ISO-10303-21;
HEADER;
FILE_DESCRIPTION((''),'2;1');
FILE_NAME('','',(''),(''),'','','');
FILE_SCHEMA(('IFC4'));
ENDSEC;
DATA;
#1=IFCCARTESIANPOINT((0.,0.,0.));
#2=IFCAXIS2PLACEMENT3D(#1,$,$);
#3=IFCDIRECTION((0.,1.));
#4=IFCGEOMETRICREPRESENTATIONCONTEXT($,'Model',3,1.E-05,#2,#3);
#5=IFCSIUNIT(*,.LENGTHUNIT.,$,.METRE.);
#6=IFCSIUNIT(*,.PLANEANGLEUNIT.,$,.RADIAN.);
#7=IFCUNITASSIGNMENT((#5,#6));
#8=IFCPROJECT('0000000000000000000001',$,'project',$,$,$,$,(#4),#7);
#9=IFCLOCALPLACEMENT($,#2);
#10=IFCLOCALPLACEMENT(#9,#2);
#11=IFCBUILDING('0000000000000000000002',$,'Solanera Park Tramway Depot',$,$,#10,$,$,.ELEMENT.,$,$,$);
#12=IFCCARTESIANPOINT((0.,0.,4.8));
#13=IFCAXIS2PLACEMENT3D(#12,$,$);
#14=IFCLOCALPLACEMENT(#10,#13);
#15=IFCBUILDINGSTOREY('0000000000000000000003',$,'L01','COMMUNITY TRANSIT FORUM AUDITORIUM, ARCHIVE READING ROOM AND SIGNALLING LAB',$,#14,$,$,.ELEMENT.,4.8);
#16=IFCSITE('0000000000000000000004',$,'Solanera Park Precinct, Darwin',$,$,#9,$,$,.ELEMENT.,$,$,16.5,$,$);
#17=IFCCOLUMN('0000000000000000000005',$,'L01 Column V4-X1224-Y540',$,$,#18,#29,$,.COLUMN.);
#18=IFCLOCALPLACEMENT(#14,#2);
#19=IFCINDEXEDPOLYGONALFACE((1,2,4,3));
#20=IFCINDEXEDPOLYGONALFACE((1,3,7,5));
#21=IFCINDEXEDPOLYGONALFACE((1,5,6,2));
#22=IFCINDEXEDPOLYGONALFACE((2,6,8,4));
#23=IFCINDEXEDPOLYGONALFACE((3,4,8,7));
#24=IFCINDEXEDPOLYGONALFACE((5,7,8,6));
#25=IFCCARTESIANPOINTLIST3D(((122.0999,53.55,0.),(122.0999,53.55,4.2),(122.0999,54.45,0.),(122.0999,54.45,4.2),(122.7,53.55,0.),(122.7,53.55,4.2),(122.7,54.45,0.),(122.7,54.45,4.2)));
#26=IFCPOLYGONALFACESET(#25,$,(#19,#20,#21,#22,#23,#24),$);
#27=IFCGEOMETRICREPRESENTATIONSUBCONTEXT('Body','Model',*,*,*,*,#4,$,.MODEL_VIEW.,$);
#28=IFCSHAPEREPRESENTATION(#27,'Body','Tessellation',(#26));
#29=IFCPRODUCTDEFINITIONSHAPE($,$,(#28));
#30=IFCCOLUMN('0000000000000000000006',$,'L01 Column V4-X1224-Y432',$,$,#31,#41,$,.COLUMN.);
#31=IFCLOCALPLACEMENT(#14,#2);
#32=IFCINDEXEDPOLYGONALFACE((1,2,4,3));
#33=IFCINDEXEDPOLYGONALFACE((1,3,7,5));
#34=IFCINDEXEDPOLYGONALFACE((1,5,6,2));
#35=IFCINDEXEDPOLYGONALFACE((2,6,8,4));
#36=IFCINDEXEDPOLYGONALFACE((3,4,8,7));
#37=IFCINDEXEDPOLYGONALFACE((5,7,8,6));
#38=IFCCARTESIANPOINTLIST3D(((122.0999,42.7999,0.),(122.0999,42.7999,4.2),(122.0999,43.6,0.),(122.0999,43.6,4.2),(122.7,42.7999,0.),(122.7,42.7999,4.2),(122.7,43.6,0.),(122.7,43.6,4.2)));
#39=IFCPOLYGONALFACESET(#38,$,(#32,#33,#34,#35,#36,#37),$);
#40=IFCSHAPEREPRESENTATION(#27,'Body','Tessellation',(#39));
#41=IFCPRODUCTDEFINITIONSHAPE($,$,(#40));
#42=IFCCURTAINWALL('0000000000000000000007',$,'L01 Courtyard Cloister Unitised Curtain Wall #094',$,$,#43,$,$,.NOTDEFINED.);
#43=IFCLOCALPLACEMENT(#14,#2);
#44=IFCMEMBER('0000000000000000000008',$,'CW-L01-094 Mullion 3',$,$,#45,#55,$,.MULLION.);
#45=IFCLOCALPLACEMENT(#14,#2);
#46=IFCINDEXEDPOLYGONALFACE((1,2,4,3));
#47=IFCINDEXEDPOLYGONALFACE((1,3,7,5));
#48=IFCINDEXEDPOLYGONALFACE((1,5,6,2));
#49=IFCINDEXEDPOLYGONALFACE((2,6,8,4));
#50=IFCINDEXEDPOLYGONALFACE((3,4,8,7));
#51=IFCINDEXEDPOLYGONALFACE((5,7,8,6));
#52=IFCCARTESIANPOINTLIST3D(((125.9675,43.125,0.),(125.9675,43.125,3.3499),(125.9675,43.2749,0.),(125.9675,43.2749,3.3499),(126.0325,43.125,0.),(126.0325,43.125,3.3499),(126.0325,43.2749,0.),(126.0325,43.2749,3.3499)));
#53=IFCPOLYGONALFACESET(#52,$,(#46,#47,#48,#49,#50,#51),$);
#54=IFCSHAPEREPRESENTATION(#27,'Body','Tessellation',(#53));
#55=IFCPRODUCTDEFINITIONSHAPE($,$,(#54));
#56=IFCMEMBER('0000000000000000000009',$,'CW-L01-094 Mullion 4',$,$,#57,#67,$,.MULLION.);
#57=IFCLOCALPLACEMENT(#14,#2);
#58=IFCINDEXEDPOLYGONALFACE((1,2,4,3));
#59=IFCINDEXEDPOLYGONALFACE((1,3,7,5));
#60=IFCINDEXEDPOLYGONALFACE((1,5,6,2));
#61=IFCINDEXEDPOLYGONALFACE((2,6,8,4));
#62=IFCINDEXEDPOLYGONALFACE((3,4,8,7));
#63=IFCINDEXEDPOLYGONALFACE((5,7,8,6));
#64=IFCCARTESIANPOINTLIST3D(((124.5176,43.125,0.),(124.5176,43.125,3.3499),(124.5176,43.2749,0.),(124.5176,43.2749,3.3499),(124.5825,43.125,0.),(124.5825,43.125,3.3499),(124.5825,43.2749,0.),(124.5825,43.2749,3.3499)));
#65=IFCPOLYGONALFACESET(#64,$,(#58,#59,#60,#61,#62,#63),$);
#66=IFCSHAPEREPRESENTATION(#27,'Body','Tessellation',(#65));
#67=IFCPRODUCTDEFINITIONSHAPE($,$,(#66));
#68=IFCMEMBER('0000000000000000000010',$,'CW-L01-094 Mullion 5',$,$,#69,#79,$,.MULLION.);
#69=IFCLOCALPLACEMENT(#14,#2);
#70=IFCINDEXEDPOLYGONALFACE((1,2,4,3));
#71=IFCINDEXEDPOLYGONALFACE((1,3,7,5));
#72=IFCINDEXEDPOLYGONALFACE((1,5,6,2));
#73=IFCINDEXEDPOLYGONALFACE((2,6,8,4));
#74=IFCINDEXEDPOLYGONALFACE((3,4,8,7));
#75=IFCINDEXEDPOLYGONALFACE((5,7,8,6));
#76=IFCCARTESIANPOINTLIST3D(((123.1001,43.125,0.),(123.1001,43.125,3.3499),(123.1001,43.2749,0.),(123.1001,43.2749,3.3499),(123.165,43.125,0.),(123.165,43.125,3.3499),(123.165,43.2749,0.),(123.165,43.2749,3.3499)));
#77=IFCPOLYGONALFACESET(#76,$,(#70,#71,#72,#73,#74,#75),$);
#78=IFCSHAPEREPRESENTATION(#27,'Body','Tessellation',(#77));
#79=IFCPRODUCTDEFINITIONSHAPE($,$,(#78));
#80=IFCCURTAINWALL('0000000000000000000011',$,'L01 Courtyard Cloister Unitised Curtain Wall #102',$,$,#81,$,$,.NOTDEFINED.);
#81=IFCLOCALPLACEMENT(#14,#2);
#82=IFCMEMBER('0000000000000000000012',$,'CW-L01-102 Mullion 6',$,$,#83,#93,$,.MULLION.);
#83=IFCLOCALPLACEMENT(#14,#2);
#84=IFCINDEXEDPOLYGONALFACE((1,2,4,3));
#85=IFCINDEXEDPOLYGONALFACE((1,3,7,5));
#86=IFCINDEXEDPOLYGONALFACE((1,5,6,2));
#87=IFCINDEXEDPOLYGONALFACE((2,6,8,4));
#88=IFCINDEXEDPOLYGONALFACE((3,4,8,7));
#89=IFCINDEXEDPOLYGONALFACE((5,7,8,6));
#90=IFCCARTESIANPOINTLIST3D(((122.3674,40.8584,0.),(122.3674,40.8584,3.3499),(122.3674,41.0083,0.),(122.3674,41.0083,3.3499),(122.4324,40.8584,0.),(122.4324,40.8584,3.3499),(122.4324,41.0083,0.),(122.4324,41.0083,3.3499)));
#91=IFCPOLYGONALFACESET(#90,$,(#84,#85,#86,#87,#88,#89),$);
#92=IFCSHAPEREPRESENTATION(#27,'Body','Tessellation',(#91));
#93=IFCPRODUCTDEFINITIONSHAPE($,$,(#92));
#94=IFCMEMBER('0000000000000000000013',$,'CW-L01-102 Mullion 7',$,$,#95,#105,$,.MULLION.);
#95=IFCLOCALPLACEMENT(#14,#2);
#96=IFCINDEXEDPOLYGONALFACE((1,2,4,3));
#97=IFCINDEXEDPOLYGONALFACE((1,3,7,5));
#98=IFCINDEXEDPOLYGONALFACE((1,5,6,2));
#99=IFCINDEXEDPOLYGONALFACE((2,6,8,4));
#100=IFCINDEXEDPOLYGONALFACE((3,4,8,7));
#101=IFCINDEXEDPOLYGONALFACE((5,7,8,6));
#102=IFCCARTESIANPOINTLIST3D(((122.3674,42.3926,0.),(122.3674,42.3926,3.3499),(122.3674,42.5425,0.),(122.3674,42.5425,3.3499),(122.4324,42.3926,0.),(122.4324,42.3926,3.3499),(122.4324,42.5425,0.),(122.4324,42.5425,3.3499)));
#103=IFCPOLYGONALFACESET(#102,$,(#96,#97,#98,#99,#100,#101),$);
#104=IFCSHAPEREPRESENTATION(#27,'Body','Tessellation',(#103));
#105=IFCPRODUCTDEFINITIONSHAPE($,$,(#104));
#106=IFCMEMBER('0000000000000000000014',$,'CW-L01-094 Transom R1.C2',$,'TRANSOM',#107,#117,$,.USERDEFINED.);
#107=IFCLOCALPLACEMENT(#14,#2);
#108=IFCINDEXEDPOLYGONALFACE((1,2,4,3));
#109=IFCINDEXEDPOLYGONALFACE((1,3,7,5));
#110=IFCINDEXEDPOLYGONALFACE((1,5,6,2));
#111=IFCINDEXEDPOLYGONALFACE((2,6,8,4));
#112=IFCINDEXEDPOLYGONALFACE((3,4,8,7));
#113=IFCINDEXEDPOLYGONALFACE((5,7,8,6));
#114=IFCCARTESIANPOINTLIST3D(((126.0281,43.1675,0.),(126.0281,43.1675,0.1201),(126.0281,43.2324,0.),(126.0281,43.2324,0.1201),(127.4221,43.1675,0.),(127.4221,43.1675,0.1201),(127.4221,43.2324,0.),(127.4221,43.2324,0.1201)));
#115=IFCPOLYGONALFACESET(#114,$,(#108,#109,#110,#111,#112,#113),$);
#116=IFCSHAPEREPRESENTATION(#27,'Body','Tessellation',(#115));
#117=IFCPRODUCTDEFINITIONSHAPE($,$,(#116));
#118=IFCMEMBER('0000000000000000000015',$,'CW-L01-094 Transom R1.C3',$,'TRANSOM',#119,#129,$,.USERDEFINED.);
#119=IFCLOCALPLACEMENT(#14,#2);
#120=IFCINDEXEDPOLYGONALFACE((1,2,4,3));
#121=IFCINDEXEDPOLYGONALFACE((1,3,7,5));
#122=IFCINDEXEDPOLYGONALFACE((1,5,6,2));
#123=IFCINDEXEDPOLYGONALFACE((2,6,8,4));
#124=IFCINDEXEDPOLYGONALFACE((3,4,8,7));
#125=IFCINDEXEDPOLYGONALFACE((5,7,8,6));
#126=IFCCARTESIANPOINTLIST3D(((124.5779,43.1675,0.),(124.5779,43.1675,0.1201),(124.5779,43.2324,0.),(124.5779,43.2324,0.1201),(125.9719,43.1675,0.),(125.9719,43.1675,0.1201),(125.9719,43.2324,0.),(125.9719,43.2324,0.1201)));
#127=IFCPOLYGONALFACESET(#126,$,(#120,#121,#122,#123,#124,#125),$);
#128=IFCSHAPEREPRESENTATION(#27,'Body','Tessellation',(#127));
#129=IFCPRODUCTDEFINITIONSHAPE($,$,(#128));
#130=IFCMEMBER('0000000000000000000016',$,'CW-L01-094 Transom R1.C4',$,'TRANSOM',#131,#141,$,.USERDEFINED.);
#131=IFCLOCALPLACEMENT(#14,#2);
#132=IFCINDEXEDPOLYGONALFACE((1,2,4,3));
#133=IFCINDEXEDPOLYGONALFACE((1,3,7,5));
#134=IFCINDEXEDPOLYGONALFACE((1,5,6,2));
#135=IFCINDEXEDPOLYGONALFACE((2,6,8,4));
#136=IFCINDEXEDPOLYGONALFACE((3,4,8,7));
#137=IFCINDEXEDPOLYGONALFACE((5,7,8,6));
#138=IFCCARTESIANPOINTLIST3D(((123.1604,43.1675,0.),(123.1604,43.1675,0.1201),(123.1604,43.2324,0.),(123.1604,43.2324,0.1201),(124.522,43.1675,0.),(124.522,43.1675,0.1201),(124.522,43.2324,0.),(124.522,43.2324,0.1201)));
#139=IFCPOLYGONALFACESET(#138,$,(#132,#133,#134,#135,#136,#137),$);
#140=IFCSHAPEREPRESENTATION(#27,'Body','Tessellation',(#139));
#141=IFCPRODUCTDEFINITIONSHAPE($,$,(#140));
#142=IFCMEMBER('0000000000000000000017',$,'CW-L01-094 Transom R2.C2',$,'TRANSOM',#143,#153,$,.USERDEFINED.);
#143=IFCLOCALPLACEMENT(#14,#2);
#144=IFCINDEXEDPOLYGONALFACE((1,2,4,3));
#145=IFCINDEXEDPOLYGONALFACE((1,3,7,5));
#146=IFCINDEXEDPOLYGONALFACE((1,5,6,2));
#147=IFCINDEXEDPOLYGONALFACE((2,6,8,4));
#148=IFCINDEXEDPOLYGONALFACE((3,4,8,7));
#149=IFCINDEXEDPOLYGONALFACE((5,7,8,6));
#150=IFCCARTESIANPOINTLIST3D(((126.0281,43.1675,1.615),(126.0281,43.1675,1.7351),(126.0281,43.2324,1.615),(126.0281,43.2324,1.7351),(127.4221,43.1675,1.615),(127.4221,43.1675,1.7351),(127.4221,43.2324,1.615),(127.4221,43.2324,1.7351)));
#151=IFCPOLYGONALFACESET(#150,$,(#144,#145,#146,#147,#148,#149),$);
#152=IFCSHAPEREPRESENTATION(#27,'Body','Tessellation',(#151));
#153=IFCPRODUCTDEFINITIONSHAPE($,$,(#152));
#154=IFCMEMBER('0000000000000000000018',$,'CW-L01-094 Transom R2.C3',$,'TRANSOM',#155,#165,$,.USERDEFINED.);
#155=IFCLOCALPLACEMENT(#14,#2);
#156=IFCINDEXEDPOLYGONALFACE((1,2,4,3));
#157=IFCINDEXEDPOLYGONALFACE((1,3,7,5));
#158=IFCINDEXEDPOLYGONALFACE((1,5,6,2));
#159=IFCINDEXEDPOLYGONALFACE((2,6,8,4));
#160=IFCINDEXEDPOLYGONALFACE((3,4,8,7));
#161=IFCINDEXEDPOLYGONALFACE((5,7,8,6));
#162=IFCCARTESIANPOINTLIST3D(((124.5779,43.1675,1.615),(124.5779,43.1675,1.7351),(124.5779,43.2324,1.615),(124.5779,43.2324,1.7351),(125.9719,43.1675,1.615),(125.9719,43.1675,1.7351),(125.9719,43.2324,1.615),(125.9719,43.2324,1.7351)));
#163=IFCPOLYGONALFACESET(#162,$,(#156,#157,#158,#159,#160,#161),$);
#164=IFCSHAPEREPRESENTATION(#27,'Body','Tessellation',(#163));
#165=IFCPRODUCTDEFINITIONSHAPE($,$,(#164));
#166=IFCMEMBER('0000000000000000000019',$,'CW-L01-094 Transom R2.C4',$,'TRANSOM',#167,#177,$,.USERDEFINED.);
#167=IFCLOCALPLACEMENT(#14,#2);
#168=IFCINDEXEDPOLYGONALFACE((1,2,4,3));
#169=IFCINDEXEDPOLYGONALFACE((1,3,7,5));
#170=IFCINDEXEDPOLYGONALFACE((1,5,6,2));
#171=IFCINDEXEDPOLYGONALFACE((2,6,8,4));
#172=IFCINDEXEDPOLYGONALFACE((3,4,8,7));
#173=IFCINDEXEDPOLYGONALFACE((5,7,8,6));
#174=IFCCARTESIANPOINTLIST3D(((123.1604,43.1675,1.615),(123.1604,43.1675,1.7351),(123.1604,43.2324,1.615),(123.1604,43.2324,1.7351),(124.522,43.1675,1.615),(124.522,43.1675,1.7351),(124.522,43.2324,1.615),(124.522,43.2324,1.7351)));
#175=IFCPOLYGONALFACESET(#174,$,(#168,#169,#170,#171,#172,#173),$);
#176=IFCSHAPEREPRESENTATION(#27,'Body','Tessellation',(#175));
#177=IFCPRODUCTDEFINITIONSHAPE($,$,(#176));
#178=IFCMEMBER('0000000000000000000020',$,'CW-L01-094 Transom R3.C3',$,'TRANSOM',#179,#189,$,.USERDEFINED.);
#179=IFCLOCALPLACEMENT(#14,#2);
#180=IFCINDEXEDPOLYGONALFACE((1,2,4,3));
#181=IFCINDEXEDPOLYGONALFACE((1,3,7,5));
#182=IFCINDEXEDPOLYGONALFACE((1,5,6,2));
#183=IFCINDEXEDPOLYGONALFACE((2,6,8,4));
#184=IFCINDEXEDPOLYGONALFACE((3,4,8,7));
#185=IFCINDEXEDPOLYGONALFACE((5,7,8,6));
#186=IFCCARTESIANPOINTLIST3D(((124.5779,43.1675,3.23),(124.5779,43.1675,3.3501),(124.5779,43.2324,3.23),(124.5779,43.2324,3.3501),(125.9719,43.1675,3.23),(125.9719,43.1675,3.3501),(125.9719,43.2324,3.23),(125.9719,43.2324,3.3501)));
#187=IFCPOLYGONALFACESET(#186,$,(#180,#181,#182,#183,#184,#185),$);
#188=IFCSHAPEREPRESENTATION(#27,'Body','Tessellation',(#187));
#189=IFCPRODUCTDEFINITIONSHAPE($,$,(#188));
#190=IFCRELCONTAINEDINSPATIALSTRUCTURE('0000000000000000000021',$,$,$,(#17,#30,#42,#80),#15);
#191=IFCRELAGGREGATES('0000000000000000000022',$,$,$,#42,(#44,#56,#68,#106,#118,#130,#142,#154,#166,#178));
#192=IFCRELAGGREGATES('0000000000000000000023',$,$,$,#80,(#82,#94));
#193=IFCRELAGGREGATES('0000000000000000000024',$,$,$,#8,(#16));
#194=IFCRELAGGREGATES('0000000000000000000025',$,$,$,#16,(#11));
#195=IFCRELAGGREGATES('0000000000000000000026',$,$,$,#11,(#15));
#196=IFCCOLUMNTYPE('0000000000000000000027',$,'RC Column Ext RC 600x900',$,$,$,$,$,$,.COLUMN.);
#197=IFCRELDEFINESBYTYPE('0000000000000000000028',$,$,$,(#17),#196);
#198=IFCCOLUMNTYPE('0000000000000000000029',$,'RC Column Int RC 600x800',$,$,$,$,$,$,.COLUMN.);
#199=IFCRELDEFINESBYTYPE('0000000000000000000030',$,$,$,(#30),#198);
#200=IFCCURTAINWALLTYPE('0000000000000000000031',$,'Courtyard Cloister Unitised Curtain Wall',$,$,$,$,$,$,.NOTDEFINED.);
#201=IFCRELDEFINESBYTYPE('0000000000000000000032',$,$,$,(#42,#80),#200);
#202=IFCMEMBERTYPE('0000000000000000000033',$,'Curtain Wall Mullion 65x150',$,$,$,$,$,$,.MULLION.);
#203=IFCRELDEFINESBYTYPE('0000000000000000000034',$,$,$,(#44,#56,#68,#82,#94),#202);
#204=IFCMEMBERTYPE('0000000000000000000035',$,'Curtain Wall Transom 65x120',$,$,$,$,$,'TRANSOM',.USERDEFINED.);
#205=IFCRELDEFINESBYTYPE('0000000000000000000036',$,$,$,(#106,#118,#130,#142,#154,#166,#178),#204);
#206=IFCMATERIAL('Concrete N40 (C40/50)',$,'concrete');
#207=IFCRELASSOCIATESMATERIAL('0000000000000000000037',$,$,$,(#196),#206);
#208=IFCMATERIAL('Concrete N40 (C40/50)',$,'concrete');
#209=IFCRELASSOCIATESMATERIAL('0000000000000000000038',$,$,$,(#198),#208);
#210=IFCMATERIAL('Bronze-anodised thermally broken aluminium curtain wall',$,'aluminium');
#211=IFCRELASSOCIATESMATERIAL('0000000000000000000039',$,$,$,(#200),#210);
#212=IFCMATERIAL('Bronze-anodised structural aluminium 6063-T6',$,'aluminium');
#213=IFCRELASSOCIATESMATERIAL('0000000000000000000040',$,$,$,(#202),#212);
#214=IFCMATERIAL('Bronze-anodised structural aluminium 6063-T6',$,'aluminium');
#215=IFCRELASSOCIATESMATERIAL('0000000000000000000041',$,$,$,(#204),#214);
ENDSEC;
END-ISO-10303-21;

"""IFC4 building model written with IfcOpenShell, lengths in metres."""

from ifc_helpers import new_model, si_unit, direction, frame, origin, origin_2d, place, context, subcontext, project, spatial, rectangle, extrude, material, material_profile, profile_set, type_object, element, aggregate, save


model = new_model("IFC4")

# Units and contexts
model_context = context("Model", 3, precision=1e-05, world=origin(), true_north=direction((0.0, 1.0)))
body_context = subcontext(model_context, "Body", "Model", "MODEL_VIEW")
ifc_project = project(units=[si_unit("LENGTHUNIT", "METRE"), si_unit("PLANEANGLEUNIT", "RADIAN")], contexts=[model_context])

# Site, building, storey
site_placement = place(None, origin())
site = spatial("IfcSite", under=ifc_project, at=site_placement, Name="Solanera Park Precinct, Darwin", CompositionType="ELEMENT", RefElevation=16.5)
building_placement = place(site_placement, origin())
building = spatial("IfcBuilding", under=site, at=building_placement, Name="Solanera Park Tramway Depot", CompositionType="ELEMENT")
storey_placement = place(building_placement, frame((0.0, 0.0, 4.8)))
storey = spatial("IfcBuildingStorey", under=building, at=storey_placement, Name="L01", Description="COMMUNITY TRANSIT FORUM AUDITORIUM, ARCHIVE READING ROOM AND SIGNALLING LAB", CompositionType="ELEMENT", Elevation=4.8)

# Columns
ifc_material_1 = material(Name="Concrete N40 (C40/50)", Category="concrete")
ifc_material_profile_1 = material_profile(ifc_material_1, rectangle(XDim=0.6001, YDim=0.8999, at=origin_2d()), Name="RC 600x900")
ifc_profile_set_1 = profile_set([ifc_material_profile_1], Name="Concrete N40 (C40/50)")
column_type_1 = type_object("IfcColumnType", Name="RC Column Ext RC 600x900", PredefinedType="COLUMN", material=ifc_profile_set_1)
column_1_placement = place(storey_placement, frame((122.3999, 54.0, 0.0), z_axis=(0.0, 0.0, 1.0), x_axis=(1.0, 0.0, 0.0)))
element("IfcColumn", 1, at=column_1_placement, inside=storey, type_object=column_type_1, Name="L01 Column V4-X1224-Y540", PredefinedType="COLUMN", context=body_context, shape_type="SweptSolid", body=[
    extrude(rectangle(XDim=0.6001, YDim=0.8999, at=origin_2d()), origin(), (0.0, 0.0, 1.0), 4.2),
])
ifc_material_2 = material(Name="Concrete N40 (C40/50)", Category="concrete")
ifc_material_profile_2 = material_profile(ifc_material_2, rectangle(XDim=0.6001, YDim=0.8, at=origin_2d()), Name="RC 600x800")
ifc_profile_set_2 = profile_set([ifc_material_profile_2], Name="Concrete N40 (C40/50)")
column_type_2 = type_object("IfcColumnType", Name="RC Column Int RC 600x800", PredefinedType="COLUMN", material=ifc_profile_set_2)
column_2_placement = place(storey_placement, frame((122.3999, 43.2, 0.0), z_axis=(0.0, 0.0, 1.0), x_axis=(1.0, 0.0, 0.0)))
element("IfcColumn", 2, at=column_2_placement, inside=storey, type_object=column_type_2, Name="L01 Column V4-X1224-Y432", PredefinedType="COLUMN", context=body_context, shape_type="SweptSolid", body=[
    extrude(rectangle(XDim=0.6001, YDim=0.8, at=origin_2d()), origin(), (0.0, 0.0, 1.0), 4.2),
])

# Curtain walls, members
ifc_material_3 = material(Name="Bronze-anodised thermally broken aluminium curtain wall", Category="aluminium")
curtain_wall_type = type_object("IfcCurtainWallType", Name="Courtyard Cloister Unitised Curtain Wall", PredefinedType="NOTDEFINED", material=ifc_material_3)
curtain_wall_1_placement = place(storey_placement, origin())
curtain_wall_1 = element("IfcCurtainWall", 3, at=curtain_wall_1_placement, inside=storey, type_object=curtain_wall_type, Name="L01 Courtyard Cloister Unitised Curtain Wall #094", PredefinedType="NOTDEFINED")
ifc_material_4 = material(Name="Bronze-anodised structural aluminium 6063-T6", Category="aluminium")
ifc_material_profile_3 = material_profile(ifc_material_4, rectangle(XDim=0.0649, YDim=0.1499, at=origin_2d()), Name="Curtain Wall Mullion 65x150")
ifc_profile_set_3 = profile_set([ifc_material_profile_3], Name="Bronze-anodised structural aluminium 6063-T6")
member_type_1 = type_object("IfcMemberType", Name="Curtain Wall Mullion 65x150", PredefinedType="MULLION", material=ifc_profile_set_3)
member_1_placement = place(storey_placement, frame((126.0, 43.2, 0.0), z_axis=(0.0, 0.0, 1.0), x_axis=(1.0, 0.0, 0.0)))
member_1 = element("IfcMember", 4, at=member_1_placement, type_object=member_type_1, Name="CW-L01-094 Mullion 3", PredefinedType="MULLION", context=body_context, shape_type="SweptSolid", body=[
    extrude(rectangle(XDim=0.0649, YDim=0.1499, at=origin_2d()), origin(), (0.0, 0.0, 1.0), 3.3499),
])
member_2_placement = place(storey_placement, frame((124.55, 43.2, 0.0), z_axis=(0.0, 0.0, 1.0), x_axis=(1.0, 0.0, 0.0)))
member_2 = element("IfcMember", 5, at=member_2_placement, type_object=member_type_1, Name="CW-L01-094 Mullion 4", PredefinedType="MULLION", context=body_context, shape_type="SweptSolid", body=[
    extrude(rectangle(XDim=0.0649, YDim=0.1499, at=origin_2d()), origin(), (0.0, 0.0, 1.0), 3.3499),
])
member_3_placement = place(storey_placement, frame((123.1326, 43.2, 0.0), z_axis=(0.0, 0.0, 1.0), x_axis=(1.0, 0.0, 0.0)))
member_3 = element("IfcMember", 6, at=member_3_placement, type_object=member_type_1, Name="CW-L01-094 Mullion 5", PredefinedType="MULLION", context=body_context, shape_type="SweptSolid", body=[
    extrude(rectangle(XDim=0.0649, YDim=0.1499, at=origin_2d()), origin(), (0.0, 0.0, 1.0), 3.3499),
])
curtain_wall_2_placement = place(storey_placement, origin())
curtain_wall_2 = element("IfcCurtainWall", 7, at=curtain_wall_2_placement, inside=storey, type_object=curtain_wall_type, Name="L01 Courtyard Cloister Unitised Curtain Wall #102", PredefinedType="NOTDEFINED")
member_4_placement = place(storey_placement, frame((122.3999, 40.9333, 0.0), z_axis=(0.0, 0.0, 1.0), x_axis=(1.0, 0.0, 0.0)))
member_4 = element("IfcMember", 8, at=member_4_placement, type_object=member_type_1, Name="CW-L01-102 Mullion 6", PredefinedType="MULLION", context=body_context, shape_type="SweptSolid", body=[
    extrude(rectangle(XDim=0.0649, YDim=0.1499, at=origin_2d()), origin(), (0.0, 0.0, 1.0), 3.3499),
])
member_5_placement = place(storey_placement, frame((122.3999, 42.4675, 0.0), z_axis=(0.0, 0.0, 1.0), x_axis=(1.0, 0.0, 0.0)))
member_5 = element("IfcMember", 9, at=member_5_placement, type_object=member_type_1, Name="CW-L01-102 Mullion 7", PredefinedType="MULLION", context=body_context, shape_type="SweptSolid", body=[
    extrude(rectangle(XDim=0.0649, YDim=0.1499, at=origin_2d()), origin(), (0.0, 0.0, 1.0), 3.3499),
])

# Members
ifc_material_5 = material(Name="Bronze-anodised structural aluminium 6063-T6", Category="aluminium")
ifc_material_profile_4 = material_profile(ifc_material_5, rectangle(XDim=0.0649, YDim=0.1201, at=origin_2d()), Name="Curtain Wall Transom 65x120")
ifc_profile_set_4 = profile_set([ifc_material_profile_4], Name="Bronze-anodised structural aluminium 6063-T6")
member_type_2 = type_object("IfcMemberType", Name="Curtain Wall Transom 65x120", ElementType="TRANSOM", PredefinedType="USERDEFINED", material=ifc_profile_set_4)
member_6_placement = place(storey_placement, frame((127.4221, 43.2, 0.0601), z_axis=(-1.0, 0.0, 0.0), x_axis=(0.0, -1.0, 0.0)))
member_6 = element("IfcMember", 10, at=member_6_placement, type_object=member_type_2, Name="CW-L01-094 Transom R1.C2", ObjectType="TRANSOM", PredefinedType="USERDEFINED", context=body_context, shape_type="SweptSolid", body=[
    extrude(rectangle(XDim=0.0649, YDim=0.1201, at=origin_2d()), origin(), (0.0, 0.0, 1.0), 1.394),
])
member_7_placement = place(storey_placement, frame((125.9719, 43.2, 0.0601), z_axis=(-1.0, 0.0, 0.0), x_axis=(0.0, -1.0, 0.0)))
member_7 = element("IfcMember", 11, at=member_7_placement, type_object=member_type_2, Name="CW-L01-094 Transom R1.C3", ObjectType="TRANSOM", PredefinedType="USERDEFINED", context=body_context, shape_type="SweptSolid", body=[
    extrude(rectangle(XDim=0.0649, YDim=0.1201, at=origin_2d()), origin(), (0.0, 0.0, 1.0), 1.394),
])
member_8_placement = place(storey_placement, frame((124.522, 43.2, 0.0601), z_axis=(-1.0, 0.0, 0.0), x_axis=(0.0, -1.0, 0.0)))
member_8 = element("IfcMember", 12, at=member_8_placement, type_object=member_type_2, Name="CW-L01-094 Transom R1.C4", ObjectType="TRANSOM", PredefinedType="USERDEFINED", context=body_context, shape_type="SweptSolid", body=[
    extrude(rectangle(XDim=0.0649, YDim=0.1201, at=origin_2d()), origin(), (0.0, 0.0, 1.0), 1.3616),
])
member_9_placement = place(storey_placement, frame((127.4221, 43.2, 1.675), z_axis=(-1.0, 0.0, 0.0), x_axis=(0.0, -1.0, 0.0)))
member_9 = element("IfcMember", 13, at=member_9_placement, type_object=member_type_2, Name="CW-L01-094 Transom R2.C2", ObjectType="TRANSOM", PredefinedType="USERDEFINED", context=body_context, shape_type="SweptSolid", body=[
    extrude(rectangle(XDim=0.0649, YDim=0.1201, at=origin_2d()), origin(), (0.0, 0.0, 1.0), 1.394),
])
member_10_placement = place(storey_placement, frame((125.9719, 43.2, 1.675), z_axis=(-1.0, 0.0, 0.0), x_axis=(0.0, -1.0, 0.0)))
member_10 = element("IfcMember", 14, at=member_10_placement, type_object=member_type_2, Name="CW-L01-094 Transom R2.C3", ObjectType="TRANSOM", PredefinedType="USERDEFINED", context=body_context, shape_type="SweptSolid", body=[
    extrude(rectangle(XDim=0.0649, YDim=0.1201, at=origin_2d()), origin(), (0.0, 0.0, 1.0), 1.394),
])
member_11_placement = place(storey_placement, frame((124.522, 43.2, 1.675), z_axis=(-1.0, 0.0, 0.0), x_axis=(0.0, -1.0, 0.0)))
member_11 = element("IfcMember", 15, at=member_11_placement, type_object=member_type_2, Name="CW-L01-094 Transom R2.C4", ObjectType="TRANSOM", PredefinedType="USERDEFINED", context=body_context, shape_type="SweptSolid", body=[
    extrude(rectangle(XDim=0.0649, YDim=0.1201, at=origin_2d()), origin(), (0.0, 0.0, 1.0), 1.3616),
])
member_12_placement = place(storey_placement, frame((125.9719, 43.2, 3.29), z_axis=(-1.0, 0.0, 0.0), x_axis=(0.0, -1.0, 0.0)))
member_12 = element("IfcMember", 16, at=member_12_placement, type_object=member_type_2, Name="CW-L01-094 Transom R3.C3", ObjectType="TRANSOM", PredefinedType="USERDEFINED", context=body_context, shape_type="SweptSolid", body=[
    extrude(rectangle(XDim=0.0649, YDim=0.1201, at=origin_2d()), origin(), (0.0, 0.0, 1.0), 1.394),
])

aggregate(curtain_wall_1, [member_1, member_2, member_3, member_6, member_7, member_8, member_9, member_10, member_11, member_12])
aggregate(curtain_wall_2, [member_4, member_5])

save(model, "model.ifc")
